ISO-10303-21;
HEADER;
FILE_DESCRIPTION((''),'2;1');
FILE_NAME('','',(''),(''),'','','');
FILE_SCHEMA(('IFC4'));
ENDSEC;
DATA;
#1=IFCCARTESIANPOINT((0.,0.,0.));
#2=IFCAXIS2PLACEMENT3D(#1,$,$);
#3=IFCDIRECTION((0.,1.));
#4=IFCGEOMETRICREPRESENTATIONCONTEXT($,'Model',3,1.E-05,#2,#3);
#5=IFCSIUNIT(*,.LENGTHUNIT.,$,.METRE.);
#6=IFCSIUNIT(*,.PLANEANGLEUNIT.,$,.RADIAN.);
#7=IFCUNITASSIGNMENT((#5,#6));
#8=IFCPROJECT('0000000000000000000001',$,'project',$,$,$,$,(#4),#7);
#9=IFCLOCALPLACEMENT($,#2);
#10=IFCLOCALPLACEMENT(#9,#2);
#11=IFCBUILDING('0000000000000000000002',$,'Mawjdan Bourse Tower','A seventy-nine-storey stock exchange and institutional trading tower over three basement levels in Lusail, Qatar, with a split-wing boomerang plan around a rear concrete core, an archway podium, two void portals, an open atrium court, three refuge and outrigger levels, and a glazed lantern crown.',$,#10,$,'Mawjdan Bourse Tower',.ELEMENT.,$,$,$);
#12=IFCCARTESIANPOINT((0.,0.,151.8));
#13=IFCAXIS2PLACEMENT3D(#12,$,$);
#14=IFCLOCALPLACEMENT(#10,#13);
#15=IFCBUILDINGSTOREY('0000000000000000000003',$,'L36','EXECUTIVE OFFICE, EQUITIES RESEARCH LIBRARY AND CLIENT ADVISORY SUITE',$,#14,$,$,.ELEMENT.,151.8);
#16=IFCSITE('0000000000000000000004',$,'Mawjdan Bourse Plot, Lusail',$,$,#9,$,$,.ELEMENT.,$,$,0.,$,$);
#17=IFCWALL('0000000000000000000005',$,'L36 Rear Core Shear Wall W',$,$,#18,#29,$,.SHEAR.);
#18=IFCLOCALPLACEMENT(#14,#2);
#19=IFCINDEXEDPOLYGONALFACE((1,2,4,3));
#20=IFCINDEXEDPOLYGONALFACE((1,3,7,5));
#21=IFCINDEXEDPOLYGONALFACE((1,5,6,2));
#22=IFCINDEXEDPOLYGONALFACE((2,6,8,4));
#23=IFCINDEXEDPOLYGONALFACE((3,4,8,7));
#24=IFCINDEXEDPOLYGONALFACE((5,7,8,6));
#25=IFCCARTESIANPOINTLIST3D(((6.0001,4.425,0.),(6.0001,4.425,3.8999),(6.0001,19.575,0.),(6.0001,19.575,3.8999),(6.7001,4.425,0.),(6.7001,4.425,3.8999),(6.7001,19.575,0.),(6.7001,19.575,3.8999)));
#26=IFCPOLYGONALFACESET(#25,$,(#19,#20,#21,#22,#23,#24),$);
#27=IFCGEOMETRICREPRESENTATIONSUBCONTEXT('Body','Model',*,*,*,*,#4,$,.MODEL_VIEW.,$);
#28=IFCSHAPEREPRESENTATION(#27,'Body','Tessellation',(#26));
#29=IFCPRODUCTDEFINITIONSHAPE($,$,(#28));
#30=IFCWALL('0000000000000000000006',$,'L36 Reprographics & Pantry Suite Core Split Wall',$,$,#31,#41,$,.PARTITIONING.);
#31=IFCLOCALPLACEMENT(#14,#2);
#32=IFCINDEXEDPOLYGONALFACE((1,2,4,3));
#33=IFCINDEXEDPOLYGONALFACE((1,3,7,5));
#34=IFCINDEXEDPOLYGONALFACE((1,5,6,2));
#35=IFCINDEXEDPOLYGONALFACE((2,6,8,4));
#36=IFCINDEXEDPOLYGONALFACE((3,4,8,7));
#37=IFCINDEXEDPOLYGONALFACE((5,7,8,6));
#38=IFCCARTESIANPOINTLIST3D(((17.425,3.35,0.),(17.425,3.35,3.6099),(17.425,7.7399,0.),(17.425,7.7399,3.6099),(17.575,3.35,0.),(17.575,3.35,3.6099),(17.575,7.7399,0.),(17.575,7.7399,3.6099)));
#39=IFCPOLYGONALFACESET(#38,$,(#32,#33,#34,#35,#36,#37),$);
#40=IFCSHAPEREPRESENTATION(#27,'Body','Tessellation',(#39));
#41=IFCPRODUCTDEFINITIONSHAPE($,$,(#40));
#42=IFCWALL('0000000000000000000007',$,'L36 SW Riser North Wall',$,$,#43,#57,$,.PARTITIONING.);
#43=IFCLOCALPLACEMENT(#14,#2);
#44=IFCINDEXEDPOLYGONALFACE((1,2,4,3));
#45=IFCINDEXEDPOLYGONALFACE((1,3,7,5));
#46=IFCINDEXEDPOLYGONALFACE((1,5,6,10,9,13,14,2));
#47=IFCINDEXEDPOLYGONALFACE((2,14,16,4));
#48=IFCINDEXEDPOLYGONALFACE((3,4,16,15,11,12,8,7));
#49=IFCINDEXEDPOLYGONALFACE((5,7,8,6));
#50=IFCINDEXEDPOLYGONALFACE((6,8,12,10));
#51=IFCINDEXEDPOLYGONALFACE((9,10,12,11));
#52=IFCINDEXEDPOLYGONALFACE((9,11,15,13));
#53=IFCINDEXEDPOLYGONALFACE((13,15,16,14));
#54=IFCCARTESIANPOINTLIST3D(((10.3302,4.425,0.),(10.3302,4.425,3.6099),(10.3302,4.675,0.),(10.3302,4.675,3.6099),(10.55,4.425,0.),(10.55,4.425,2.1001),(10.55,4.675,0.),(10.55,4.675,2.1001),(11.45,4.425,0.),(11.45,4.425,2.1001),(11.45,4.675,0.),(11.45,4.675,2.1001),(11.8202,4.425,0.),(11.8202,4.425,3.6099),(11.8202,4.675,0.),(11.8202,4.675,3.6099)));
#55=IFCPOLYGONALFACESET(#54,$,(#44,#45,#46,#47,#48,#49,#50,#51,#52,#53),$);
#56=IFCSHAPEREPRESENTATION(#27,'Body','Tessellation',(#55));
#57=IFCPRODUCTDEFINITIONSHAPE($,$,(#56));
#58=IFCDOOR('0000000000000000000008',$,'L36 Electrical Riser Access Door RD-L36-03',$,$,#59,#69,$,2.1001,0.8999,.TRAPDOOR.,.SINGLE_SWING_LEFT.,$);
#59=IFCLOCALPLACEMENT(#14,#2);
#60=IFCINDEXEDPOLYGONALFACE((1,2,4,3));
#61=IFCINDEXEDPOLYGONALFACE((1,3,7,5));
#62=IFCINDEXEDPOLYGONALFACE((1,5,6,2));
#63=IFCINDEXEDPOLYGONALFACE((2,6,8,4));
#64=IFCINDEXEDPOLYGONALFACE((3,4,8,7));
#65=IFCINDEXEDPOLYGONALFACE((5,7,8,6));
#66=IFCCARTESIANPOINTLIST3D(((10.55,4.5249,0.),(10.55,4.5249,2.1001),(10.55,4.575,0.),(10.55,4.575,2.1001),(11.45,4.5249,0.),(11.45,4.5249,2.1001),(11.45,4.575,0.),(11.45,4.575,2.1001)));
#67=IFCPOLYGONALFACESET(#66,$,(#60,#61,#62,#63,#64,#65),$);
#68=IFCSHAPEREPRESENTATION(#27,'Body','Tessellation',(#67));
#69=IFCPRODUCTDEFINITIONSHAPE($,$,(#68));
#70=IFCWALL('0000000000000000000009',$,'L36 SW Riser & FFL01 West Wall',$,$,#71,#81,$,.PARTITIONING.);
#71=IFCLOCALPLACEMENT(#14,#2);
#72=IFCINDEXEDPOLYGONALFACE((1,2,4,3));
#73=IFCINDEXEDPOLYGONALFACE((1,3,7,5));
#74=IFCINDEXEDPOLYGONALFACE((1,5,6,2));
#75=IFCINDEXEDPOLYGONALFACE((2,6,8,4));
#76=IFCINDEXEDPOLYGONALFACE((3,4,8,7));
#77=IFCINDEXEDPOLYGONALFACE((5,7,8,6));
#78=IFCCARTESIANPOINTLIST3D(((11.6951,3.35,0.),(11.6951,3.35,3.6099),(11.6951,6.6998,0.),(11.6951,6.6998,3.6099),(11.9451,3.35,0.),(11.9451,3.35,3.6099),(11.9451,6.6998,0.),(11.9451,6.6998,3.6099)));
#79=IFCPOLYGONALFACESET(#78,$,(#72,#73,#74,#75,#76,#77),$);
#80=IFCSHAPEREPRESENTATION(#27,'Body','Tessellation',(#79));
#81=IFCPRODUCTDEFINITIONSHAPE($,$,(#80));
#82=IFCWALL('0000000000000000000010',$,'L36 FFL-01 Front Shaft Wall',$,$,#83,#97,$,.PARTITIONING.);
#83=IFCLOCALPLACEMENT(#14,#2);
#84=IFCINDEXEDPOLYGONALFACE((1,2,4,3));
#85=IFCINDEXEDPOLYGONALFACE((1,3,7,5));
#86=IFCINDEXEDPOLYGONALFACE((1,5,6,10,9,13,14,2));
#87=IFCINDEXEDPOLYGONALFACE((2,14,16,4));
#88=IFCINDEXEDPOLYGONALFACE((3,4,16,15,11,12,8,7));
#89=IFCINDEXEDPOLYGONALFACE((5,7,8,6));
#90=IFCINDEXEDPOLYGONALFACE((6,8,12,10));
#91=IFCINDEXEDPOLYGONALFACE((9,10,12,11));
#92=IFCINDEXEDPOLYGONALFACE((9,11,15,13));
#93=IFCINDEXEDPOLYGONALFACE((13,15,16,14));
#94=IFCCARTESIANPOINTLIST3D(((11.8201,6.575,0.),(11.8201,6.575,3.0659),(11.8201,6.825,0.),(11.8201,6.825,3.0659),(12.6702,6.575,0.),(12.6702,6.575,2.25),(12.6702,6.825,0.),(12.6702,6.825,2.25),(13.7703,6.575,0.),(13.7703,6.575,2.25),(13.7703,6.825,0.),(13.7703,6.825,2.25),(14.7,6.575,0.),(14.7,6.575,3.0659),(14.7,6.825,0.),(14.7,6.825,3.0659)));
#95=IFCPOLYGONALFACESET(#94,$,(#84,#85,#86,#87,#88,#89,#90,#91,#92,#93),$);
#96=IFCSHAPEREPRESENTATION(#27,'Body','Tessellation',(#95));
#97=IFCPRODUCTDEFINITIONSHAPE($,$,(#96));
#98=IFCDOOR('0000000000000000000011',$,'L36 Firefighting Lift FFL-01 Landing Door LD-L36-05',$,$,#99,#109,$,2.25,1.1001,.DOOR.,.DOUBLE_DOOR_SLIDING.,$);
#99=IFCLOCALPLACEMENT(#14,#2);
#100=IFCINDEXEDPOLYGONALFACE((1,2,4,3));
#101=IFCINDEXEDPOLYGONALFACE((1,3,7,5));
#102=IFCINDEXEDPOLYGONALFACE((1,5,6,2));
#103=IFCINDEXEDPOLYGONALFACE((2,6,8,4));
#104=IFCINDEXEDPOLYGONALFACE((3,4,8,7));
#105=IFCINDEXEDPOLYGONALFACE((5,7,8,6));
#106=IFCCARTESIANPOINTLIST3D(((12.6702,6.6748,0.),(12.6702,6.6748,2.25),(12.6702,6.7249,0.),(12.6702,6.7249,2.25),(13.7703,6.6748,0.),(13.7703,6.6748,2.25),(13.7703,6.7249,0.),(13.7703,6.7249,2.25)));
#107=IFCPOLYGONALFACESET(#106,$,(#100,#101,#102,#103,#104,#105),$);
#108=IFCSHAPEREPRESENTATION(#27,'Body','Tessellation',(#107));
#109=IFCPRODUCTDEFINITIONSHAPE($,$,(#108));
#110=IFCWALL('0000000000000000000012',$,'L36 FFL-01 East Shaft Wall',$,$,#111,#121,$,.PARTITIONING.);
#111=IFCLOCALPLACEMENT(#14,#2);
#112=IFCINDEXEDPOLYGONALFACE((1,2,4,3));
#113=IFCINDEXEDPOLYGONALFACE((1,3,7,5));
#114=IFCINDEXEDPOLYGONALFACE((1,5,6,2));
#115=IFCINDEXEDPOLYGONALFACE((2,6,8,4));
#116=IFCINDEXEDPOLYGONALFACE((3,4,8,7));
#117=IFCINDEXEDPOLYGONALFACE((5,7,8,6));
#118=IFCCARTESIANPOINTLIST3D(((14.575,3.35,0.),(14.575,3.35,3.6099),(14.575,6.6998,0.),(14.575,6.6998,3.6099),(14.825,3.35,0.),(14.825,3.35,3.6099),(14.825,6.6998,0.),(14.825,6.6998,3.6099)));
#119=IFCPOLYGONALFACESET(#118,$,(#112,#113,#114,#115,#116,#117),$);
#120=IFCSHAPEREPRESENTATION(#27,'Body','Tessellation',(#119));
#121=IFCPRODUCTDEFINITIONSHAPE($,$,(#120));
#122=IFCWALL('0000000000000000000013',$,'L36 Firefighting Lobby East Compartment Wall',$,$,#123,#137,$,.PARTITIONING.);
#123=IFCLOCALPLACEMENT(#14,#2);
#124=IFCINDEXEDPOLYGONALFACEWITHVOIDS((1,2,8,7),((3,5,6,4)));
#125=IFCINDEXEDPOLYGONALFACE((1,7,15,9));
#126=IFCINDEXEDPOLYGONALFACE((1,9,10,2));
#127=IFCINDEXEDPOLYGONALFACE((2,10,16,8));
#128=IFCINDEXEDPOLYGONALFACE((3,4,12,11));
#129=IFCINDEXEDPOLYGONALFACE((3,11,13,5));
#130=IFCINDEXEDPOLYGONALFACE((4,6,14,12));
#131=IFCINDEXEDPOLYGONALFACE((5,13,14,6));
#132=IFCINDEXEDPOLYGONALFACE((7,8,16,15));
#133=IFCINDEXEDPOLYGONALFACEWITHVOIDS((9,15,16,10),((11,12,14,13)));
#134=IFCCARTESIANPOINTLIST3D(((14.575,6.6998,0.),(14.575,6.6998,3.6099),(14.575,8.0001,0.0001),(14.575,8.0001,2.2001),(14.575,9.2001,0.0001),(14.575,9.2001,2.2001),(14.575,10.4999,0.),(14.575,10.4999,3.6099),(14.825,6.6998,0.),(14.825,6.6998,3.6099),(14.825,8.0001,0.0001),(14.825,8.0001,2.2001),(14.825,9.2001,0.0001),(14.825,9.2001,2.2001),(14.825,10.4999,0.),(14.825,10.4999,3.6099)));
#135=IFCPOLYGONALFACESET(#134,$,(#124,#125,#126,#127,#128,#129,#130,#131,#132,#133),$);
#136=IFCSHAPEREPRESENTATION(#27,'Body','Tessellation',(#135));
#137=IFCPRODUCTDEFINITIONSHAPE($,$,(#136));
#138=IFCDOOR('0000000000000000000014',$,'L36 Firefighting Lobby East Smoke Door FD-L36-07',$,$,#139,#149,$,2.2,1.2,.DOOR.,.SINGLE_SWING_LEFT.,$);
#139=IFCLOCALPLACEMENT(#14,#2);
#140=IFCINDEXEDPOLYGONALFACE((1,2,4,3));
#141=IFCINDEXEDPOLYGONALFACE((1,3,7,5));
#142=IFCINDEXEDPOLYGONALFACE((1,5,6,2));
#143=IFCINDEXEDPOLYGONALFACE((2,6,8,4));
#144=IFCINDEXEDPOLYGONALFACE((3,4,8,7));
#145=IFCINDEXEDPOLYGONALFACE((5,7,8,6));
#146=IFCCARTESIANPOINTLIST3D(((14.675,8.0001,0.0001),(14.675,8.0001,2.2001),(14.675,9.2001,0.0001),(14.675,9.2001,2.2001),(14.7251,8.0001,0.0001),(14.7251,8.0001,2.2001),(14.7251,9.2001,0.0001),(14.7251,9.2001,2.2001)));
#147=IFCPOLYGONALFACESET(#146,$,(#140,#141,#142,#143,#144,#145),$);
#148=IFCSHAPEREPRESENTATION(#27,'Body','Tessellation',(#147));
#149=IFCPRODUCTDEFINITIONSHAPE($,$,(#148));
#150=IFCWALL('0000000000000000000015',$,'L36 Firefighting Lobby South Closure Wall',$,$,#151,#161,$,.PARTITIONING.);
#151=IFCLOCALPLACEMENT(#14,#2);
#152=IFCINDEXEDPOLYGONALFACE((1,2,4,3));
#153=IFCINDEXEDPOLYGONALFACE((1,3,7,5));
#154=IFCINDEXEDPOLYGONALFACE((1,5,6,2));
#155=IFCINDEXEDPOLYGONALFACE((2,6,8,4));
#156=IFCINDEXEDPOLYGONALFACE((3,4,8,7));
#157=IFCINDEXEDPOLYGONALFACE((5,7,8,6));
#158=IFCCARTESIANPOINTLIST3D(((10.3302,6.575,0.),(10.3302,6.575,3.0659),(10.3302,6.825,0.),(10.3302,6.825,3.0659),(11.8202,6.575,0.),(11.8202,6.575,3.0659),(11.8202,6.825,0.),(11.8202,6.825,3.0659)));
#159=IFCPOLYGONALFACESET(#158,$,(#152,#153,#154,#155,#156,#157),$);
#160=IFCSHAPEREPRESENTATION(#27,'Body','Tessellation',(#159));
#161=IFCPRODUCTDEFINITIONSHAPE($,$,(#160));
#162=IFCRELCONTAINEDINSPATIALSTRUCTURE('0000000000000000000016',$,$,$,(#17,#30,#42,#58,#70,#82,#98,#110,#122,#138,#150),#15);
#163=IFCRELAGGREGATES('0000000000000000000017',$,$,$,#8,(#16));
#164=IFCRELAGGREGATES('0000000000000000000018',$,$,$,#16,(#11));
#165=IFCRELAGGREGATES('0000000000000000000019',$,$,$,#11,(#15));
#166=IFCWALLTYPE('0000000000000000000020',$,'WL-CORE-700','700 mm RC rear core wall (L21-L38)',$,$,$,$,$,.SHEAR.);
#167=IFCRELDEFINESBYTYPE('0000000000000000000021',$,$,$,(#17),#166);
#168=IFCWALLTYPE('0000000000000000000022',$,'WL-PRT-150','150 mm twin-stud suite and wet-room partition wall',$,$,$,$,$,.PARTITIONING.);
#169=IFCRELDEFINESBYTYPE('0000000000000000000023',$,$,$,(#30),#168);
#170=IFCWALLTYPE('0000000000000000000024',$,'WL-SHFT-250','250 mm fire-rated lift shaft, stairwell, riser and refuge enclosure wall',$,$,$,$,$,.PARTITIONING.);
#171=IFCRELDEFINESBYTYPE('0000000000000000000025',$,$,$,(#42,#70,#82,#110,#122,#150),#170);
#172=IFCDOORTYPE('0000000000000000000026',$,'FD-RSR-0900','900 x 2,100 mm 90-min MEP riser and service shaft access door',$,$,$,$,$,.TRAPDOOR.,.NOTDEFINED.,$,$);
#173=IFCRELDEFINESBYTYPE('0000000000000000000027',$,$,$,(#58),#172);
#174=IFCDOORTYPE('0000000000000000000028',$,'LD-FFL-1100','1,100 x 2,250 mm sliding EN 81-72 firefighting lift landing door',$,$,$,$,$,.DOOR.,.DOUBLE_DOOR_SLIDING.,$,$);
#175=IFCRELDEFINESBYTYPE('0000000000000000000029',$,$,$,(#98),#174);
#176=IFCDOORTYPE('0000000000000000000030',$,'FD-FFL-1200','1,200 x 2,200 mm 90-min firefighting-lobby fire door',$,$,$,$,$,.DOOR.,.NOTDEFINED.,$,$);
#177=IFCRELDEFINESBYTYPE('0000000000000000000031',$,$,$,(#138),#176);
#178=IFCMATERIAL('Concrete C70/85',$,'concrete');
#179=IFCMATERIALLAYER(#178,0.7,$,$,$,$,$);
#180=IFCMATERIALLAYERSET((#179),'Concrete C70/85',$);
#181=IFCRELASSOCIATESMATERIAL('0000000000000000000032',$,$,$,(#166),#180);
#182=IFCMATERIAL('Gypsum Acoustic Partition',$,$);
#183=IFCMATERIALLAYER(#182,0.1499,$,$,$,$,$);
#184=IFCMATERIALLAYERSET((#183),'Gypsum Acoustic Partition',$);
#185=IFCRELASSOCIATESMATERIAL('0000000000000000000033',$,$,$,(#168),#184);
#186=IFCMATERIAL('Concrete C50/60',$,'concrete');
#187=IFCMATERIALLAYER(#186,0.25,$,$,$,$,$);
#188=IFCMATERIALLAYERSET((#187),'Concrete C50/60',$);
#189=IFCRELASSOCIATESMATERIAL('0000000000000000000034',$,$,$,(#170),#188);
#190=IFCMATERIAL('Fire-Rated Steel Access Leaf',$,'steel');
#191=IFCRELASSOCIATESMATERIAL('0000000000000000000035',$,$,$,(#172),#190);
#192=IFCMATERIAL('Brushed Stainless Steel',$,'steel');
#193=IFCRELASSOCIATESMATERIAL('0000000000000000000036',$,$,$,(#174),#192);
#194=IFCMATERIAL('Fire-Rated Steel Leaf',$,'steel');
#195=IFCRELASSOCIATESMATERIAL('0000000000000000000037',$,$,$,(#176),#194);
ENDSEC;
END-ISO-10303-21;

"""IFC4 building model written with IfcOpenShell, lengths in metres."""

from ifc_helpers import new_model, si_unit, direction, frame, frame_2d, origin, place, context, subcontext, project, spatial, rectangle, extrude, material, layer, layer_set, type_object, element, fill, save


model = new_model("IFC4")

# Units and contexts
model_context = context("Model", 3, precision=1e-05, world=origin(), true_north=direction((0.0, 1.0)))
body_context = subcontext(model_context, "Body", "Model", "MODEL_VIEW")
ifc_project = project(units=[si_unit("LENGTHUNIT", "METRE"), si_unit("PLANEANGLEUNIT", "RADIAN")], contexts=[model_context])

# Site, building, storey
site_placement = place(None, origin())
site = spatial("IfcSite", under=ifc_project, at=site_placement, Name="Mawjdan Bourse Plot, Lusail", CompositionType="ELEMENT", RefElevation=0.0)
building_placement = place(site_placement, origin())
building = spatial("IfcBuilding", under=site, at=building_placement, Name="Mawjdan Bourse Tower", Description="A seventy-nine-storey stock exchange and institutional trading tower over three basement levels in Lusail, Qatar, with a split-wing boomerang plan around a rear concrete core, an archway podium, two void portals, an open atrium court, three refuge and outrigger levels, and a glazed lantern crown.", LongName="Mawjdan Bourse Tower", CompositionType="ELEMENT")
storey_placement = place(building_placement, frame((0.0, 0.0, 151.8)))
storey = spatial("IfcBuildingStorey", under=building, at=storey_placement, Name="L36", Description="EXECUTIVE OFFICE, EQUITIES RESEARCH LIBRARY AND CLIENT ADVISORY SUITE", CompositionType="ELEMENT", Elevation=151.8)

# Shared definitions
ifc_material_1 = material(Name="Concrete C50/60", Category="concrete")

# Walls
ifc_material_2 = material(Name="Concrete C70/85", Category="concrete")
ifc_layer_1 = layer(ifc_material_2, 0.7)
ifc_layer_set_1 = layer_set([ifc_layer_1], Name="Concrete C70/85")
wall_type_1 = type_object("IfcWallType", Name="WL-CORE-700", Description="700 mm RC rear core wall (L21-L38)", PredefinedType="SHEAR", material=ifc_layer_set_1)
wall_1_placement = place(storey_placement, frame((6.3501, 4.425, 0.0), z_axis=(0.0, 0.0, 1.0), x_axis=(0.0, 1.0, 0.0)))
element("IfcWall", 1, at=wall_1_placement, inside=storey, type_object=wall_type_1, Name="L36 Rear Core Shear Wall W", PredefinedType="SHEAR", context=body_context, shape_type="SweptSolid", body=[
    extrude(rectangle(XDim=15.1499, YDim=0.7, at=frame_2d((7.575, 0.0))), origin(), (0.0, 0.0, 1.0), 3.8999),
])
ifc_material_3 = material(Name="Gypsum Acoustic Partition")
ifc_layer_2 = layer(ifc_material_3, 0.1499)
ifc_layer_set_2 = layer_set([ifc_layer_2], Name="Gypsum Acoustic Partition")
wall_type_2 = type_object("IfcWallType", Name="WL-PRT-150", Description="150 mm twin-stud suite and wet-room partition wall", PredefinedType="PARTITIONING", material=ifc_layer_set_2)
wall_2_placement = place(storey_placement, frame((17.5, 3.3501, 0.0), z_axis=(0.0, 0.0, 1.0), x_axis=(0.0, 1.0, 0.0)))
element("IfcWall", 2, at=wall_2_placement, inside=storey, type_object=wall_type_2, Name="L36 Reprographics & Pantry Suite Core Split Wall", PredefinedType="PARTITIONING", context=body_context, shape_type="SweptSolid", body=[
    extrude(rectangle(XDim=4.3899, YDim=0.1499, at=frame_2d((2.1948, 0.0))), origin(), (0.0, 0.0, 1.0), 3.6099),
])

# Wall, opening, door
ifc_layer_3 = layer(ifc_material_1, 0.25)
ifc_layer_set_3 = layer_set([ifc_layer_3], Name="Concrete C50/60")
wall_type_3 = type_object("IfcWallType", Name="WL-SHFT-250", Description="250 mm fire-rated lift shaft, stairwell, riser and refuge enclosure wall", PredefinedType="PARTITIONING", material=ifc_layer_set_3)
wall_3_placement = place(storey_placement, frame((10.3301, 4.55, 0.0), z_axis=(0.0, 0.0, 1.0), x_axis=(1.0, 0.0, 0.0)))
wall_3 = element("IfcWall", 3, at=wall_3_placement, inside=storey, type_object=wall_type_3, Name="L36 SW Riser North Wall", PredefinedType="PARTITIONING", context=body_context, shape_type="SweptSolid", body=[
    extrude(rectangle(XDim=1.49, YDim=0.25, at=frame_2d((0.7451, 0.0))), origin(), (0.0, 0.0, 1.0), 3.6099),
])
opening_1_placement = place(wall_3_placement, frame((0.22, 0.0, 0.0)))
opening_1 = element("IfcOpeningElement", 4, at=opening_1_placement, cuts=wall_3, PredefinedType="OPENING", context=body_context, shape_type="SweptSolid", body=[
    extrude(rectangle(XDim=0.8999, YDim=2.1001, at=frame_2d((0.45, 1.05))), frame((0.0, 0.135, 0.0), z_axis=(0.0, -1.0, 0.0), x_axis=(1.0, 0.0, 0.0)), (0.0, 0.0, 1.0), 0.27),
])
ifc_material_4 = material(Name="Fire-Rated Steel Access Leaf", Category="steel")
door_type_1 = type_object("IfcDoorType", Name="FD-RSR-0900", Description="900 x 2,100 mm 90-min MEP riser and service shaft access door", OperationType="NOTDEFINED", PredefinedType="TRAPDOOR", material=ifc_material_4)
door_1_placement = place(opening_1_placement, origin())
door_1 = element("IfcDoor", 5, at=door_1_placement, inside=storey, type_object=door_type_1, Name="L36 Electrical Riser Access Door RD-L36-03", OperationType="SINGLE_SWING_LEFT", OverallHeight=2.1001, OverallWidth=0.8999, PredefinedType="TRAPDOOR", context=body_context, shape_type="SweptSolid", body=[
    extrude(rectangle(XDim=0.8999, YDim=2.1001, at=frame_2d((0.45, 1.05))), frame((0.0, 0.0249, 0.0), z_axis=(0.0, -1.0, 0.0), x_axis=(1.0, 0.0, 0.0)), (0.0, 0.0, 1.0), 0.05),
])
fill(opening_1, door_1)

# Wall
wall_4_placement = place(storey_placement, frame((11.8201, 3.3501, 0.0), z_axis=(0.0, 0.0, 1.0), x_axis=(0.0, 1.0, 0.0)))
element("IfcWall", 6, at=wall_4_placement, inside=storey, type_object=wall_type_3, Name="L36 SW Riser & FFL01 West Wall", PredefinedType="PARTITIONING", context=body_context, shape_type="SweptSolid", body=[
    extrude(rectangle(XDim=3.3499, YDim=0.25, at=frame_2d((1.6748, 0.0))), origin(), (0.0, 0.0, 1.0), 3.6099),
])

# Wall, opening, door
wall_5_placement = place(storey_placement, frame((11.8201, 6.7, 0.0), z_axis=(0.0, 0.0, 1.0), x_axis=(1.0, 0.0, 0.0)))
wall_5 = element("IfcWall", 7, at=wall_5_placement, inside=storey, type_object=wall_type_3, Name="L36 FFL-01 Front Shaft Wall", PredefinedType="PARTITIONING", context=body_context, shape_type="SweptSolid", body=[
    extrude(rectangle(XDim=2.8799, YDim=0.25, at=frame_2d((1.4399, 0.0))), origin(), (0.0, 0.0, 1.0), 3.0659),
])
opening_2_placement = place(wall_5_placement, frame((0.8501, 0.0, 0.0)))
opening_2 = element("IfcOpeningElement", 8, at=opening_2_placement, cuts=wall_5, PredefinedType="OPENING", context=body_context, shape_type="SweptSolid", body=[
    extrude(rectangle(XDim=1.1001, YDim=2.25, at=frame_2d((0.55, 1.125))), frame((0.0, 0.135, 0.0), z_axis=(0.0, -1.0, 0.0), x_axis=(1.0, 0.0, 0.0)), (0.0, 0.0, 1.0), 0.27),
])
ifc_material_5 = material(Name="Brushed Stainless Steel", Category="steel")
door_type_2 = type_object("IfcDoorType", Name="LD-FFL-1100", Description="1,100 x 2,250 mm sliding EN 81-72 firefighting lift landing door", OperationType="DOUBLE_DOOR_SLIDING", PredefinedType="DOOR", material=ifc_material_5)
door_2_placement = place(opening_2_placement, origin())
door_2 = element("IfcDoor", 9, at=door_2_placement, inside=storey, type_object=door_type_2, Name="L36 Firefighting Lift FFL-01 Landing Door LD-L36-05", OperationType="DOUBLE_DOOR_SLIDING", OverallHeight=2.25, OverallWidth=1.1001, PredefinedType="DOOR", context=body_context, shape_type="SweptSolid", body=[
    extrude(rectangle(XDim=1.1001, YDim=2.25, at=frame_2d((0.55, 1.125))), frame((0.0, 0.0249, 0.0), z_axis=(0.0, -1.0, 0.0), x_axis=(1.0, 0.0, 0.0)), (0.0, 0.0, 1.0), 0.05),
])
fill(opening_2, door_2)

# Wall
wall_6_placement = place(storey_placement, frame((14.7, 3.3501, 0.0), z_axis=(0.0, 0.0, 1.0), x_axis=(0.0, 1.0, 0.0)))
element("IfcWall", 10, at=wall_6_placement, inside=storey, type_object=wall_type_3, Name="L36 FFL-01 East Shaft Wall", PredefinedType="PARTITIONING", context=body_context, shape_type="SweptSolid", body=[
    extrude(rectangle(XDim=3.3499, YDim=0.25, at=frame_2d((1.6748, 0.0))), origin(), (0.0, 0.0, 1.0), 3.6099),
])

# Wall, opening, door
wall_7_placement = place(storey_placement, frame((14.7, 6.7, 0.0), z_axis=(0.0, 0.0, 1.0), x_axis=(0.0, 1.0, 0.0)))
wall_7 = element("IfcWall", 11, at=wall_7_placement, inside=storey, type_object=wall_type_3, Name="L36 Firefighting Lobby East Compartment Wall", PredefinedType="PARTITIONING", context=body_context, shape_type="SweptSolid", body=[
    extrude(rectangle(XDim=3.8, YDim=0.25, at=frame_2d((1.8999, 0.0))), origin(), (0.0, 0.0, 1.0), 3.6099),
])
opening_3_placement = place(wall_7_placement, frame((1.3, 0.0, 0.0)))
opening_3 = element("IfcOpeningElement", 12, at=opening_3_placement, cuts=wall_7, PredefinedType="OPENING", context=body_context, shape_type="SweptSolid", body=[
    extrude(rectangle(XDim=1.2, YDim=2.2, at=frame_2d((0.6001, 1.1001))), frame((0.0, 0.135, 0.0), z_axis=(0.0, -1.0, 0.0), x_axis=(1.0, 0.0, 0.0)), (0.0, 0.0, 1.0), 0.27),
])
ifc_material_6 = material(Name="Fire-Rated Steel Leaf", Category="steel")
door_type_3 = type_object("IfcDoorType", Name="FD-FFL-1200", Description="1,200 x 2,200 mm 90-min firefighting-lobby fire door", OperationType="NOTDEFINED", PredefinedType="DOOR", material=ifc_material_6)
door_3_placement = place(opening_3_placement, origin())
door_3 = element("IfcDoor", 13, at=door_3_placement, inside=storey, type_object=door_type_3, Name="L36 Firefighting Lobby East Smoke Door FD-L36-07", OperationType="SINGLE_SWING_LEFT", OverallHeight=2.2, OverallWidth=1.2, PredefinedType="DOOR", context=body_context, shape_type="SweptSolid", body=[
    extrude(rectangle(XDim=1.2, YDim=2.2, at=frame_2d((0.6001, 1.1001))), frame((0.0, 0.0249, 0.0), z_axis=(0.0, -1.0, 0.0), x_axis=(1.0, 0.0, 0.0)), (0.0, 0.0, 1.0), 0.05),
])
fill(opening_3, door_3)

# Wall
wall_8_placement = place(storey_placement, frame((10.3301, 6.7, 0.0), z_axis=(0.0, 0.0, 1.0), x_axis=(1.0, 0.0, 0.0)))
element("IfcWall", 14, at=wall_8_placement, inside=storey, type_object=wall_type_3, Name="L36 Firefighting Lobby South Closure Wall", PredefinedType="PARTITIONING", context=body_context, shape_type="SweptSolid", body=[
    extrude(rectangle(XDim=1.49, YDim=0.25, at=frame_2d((0.7451, 0.0))), origin(), (0.0, 0.0, 1.0), 3.0659),
])

save(model, "model.ifc")
